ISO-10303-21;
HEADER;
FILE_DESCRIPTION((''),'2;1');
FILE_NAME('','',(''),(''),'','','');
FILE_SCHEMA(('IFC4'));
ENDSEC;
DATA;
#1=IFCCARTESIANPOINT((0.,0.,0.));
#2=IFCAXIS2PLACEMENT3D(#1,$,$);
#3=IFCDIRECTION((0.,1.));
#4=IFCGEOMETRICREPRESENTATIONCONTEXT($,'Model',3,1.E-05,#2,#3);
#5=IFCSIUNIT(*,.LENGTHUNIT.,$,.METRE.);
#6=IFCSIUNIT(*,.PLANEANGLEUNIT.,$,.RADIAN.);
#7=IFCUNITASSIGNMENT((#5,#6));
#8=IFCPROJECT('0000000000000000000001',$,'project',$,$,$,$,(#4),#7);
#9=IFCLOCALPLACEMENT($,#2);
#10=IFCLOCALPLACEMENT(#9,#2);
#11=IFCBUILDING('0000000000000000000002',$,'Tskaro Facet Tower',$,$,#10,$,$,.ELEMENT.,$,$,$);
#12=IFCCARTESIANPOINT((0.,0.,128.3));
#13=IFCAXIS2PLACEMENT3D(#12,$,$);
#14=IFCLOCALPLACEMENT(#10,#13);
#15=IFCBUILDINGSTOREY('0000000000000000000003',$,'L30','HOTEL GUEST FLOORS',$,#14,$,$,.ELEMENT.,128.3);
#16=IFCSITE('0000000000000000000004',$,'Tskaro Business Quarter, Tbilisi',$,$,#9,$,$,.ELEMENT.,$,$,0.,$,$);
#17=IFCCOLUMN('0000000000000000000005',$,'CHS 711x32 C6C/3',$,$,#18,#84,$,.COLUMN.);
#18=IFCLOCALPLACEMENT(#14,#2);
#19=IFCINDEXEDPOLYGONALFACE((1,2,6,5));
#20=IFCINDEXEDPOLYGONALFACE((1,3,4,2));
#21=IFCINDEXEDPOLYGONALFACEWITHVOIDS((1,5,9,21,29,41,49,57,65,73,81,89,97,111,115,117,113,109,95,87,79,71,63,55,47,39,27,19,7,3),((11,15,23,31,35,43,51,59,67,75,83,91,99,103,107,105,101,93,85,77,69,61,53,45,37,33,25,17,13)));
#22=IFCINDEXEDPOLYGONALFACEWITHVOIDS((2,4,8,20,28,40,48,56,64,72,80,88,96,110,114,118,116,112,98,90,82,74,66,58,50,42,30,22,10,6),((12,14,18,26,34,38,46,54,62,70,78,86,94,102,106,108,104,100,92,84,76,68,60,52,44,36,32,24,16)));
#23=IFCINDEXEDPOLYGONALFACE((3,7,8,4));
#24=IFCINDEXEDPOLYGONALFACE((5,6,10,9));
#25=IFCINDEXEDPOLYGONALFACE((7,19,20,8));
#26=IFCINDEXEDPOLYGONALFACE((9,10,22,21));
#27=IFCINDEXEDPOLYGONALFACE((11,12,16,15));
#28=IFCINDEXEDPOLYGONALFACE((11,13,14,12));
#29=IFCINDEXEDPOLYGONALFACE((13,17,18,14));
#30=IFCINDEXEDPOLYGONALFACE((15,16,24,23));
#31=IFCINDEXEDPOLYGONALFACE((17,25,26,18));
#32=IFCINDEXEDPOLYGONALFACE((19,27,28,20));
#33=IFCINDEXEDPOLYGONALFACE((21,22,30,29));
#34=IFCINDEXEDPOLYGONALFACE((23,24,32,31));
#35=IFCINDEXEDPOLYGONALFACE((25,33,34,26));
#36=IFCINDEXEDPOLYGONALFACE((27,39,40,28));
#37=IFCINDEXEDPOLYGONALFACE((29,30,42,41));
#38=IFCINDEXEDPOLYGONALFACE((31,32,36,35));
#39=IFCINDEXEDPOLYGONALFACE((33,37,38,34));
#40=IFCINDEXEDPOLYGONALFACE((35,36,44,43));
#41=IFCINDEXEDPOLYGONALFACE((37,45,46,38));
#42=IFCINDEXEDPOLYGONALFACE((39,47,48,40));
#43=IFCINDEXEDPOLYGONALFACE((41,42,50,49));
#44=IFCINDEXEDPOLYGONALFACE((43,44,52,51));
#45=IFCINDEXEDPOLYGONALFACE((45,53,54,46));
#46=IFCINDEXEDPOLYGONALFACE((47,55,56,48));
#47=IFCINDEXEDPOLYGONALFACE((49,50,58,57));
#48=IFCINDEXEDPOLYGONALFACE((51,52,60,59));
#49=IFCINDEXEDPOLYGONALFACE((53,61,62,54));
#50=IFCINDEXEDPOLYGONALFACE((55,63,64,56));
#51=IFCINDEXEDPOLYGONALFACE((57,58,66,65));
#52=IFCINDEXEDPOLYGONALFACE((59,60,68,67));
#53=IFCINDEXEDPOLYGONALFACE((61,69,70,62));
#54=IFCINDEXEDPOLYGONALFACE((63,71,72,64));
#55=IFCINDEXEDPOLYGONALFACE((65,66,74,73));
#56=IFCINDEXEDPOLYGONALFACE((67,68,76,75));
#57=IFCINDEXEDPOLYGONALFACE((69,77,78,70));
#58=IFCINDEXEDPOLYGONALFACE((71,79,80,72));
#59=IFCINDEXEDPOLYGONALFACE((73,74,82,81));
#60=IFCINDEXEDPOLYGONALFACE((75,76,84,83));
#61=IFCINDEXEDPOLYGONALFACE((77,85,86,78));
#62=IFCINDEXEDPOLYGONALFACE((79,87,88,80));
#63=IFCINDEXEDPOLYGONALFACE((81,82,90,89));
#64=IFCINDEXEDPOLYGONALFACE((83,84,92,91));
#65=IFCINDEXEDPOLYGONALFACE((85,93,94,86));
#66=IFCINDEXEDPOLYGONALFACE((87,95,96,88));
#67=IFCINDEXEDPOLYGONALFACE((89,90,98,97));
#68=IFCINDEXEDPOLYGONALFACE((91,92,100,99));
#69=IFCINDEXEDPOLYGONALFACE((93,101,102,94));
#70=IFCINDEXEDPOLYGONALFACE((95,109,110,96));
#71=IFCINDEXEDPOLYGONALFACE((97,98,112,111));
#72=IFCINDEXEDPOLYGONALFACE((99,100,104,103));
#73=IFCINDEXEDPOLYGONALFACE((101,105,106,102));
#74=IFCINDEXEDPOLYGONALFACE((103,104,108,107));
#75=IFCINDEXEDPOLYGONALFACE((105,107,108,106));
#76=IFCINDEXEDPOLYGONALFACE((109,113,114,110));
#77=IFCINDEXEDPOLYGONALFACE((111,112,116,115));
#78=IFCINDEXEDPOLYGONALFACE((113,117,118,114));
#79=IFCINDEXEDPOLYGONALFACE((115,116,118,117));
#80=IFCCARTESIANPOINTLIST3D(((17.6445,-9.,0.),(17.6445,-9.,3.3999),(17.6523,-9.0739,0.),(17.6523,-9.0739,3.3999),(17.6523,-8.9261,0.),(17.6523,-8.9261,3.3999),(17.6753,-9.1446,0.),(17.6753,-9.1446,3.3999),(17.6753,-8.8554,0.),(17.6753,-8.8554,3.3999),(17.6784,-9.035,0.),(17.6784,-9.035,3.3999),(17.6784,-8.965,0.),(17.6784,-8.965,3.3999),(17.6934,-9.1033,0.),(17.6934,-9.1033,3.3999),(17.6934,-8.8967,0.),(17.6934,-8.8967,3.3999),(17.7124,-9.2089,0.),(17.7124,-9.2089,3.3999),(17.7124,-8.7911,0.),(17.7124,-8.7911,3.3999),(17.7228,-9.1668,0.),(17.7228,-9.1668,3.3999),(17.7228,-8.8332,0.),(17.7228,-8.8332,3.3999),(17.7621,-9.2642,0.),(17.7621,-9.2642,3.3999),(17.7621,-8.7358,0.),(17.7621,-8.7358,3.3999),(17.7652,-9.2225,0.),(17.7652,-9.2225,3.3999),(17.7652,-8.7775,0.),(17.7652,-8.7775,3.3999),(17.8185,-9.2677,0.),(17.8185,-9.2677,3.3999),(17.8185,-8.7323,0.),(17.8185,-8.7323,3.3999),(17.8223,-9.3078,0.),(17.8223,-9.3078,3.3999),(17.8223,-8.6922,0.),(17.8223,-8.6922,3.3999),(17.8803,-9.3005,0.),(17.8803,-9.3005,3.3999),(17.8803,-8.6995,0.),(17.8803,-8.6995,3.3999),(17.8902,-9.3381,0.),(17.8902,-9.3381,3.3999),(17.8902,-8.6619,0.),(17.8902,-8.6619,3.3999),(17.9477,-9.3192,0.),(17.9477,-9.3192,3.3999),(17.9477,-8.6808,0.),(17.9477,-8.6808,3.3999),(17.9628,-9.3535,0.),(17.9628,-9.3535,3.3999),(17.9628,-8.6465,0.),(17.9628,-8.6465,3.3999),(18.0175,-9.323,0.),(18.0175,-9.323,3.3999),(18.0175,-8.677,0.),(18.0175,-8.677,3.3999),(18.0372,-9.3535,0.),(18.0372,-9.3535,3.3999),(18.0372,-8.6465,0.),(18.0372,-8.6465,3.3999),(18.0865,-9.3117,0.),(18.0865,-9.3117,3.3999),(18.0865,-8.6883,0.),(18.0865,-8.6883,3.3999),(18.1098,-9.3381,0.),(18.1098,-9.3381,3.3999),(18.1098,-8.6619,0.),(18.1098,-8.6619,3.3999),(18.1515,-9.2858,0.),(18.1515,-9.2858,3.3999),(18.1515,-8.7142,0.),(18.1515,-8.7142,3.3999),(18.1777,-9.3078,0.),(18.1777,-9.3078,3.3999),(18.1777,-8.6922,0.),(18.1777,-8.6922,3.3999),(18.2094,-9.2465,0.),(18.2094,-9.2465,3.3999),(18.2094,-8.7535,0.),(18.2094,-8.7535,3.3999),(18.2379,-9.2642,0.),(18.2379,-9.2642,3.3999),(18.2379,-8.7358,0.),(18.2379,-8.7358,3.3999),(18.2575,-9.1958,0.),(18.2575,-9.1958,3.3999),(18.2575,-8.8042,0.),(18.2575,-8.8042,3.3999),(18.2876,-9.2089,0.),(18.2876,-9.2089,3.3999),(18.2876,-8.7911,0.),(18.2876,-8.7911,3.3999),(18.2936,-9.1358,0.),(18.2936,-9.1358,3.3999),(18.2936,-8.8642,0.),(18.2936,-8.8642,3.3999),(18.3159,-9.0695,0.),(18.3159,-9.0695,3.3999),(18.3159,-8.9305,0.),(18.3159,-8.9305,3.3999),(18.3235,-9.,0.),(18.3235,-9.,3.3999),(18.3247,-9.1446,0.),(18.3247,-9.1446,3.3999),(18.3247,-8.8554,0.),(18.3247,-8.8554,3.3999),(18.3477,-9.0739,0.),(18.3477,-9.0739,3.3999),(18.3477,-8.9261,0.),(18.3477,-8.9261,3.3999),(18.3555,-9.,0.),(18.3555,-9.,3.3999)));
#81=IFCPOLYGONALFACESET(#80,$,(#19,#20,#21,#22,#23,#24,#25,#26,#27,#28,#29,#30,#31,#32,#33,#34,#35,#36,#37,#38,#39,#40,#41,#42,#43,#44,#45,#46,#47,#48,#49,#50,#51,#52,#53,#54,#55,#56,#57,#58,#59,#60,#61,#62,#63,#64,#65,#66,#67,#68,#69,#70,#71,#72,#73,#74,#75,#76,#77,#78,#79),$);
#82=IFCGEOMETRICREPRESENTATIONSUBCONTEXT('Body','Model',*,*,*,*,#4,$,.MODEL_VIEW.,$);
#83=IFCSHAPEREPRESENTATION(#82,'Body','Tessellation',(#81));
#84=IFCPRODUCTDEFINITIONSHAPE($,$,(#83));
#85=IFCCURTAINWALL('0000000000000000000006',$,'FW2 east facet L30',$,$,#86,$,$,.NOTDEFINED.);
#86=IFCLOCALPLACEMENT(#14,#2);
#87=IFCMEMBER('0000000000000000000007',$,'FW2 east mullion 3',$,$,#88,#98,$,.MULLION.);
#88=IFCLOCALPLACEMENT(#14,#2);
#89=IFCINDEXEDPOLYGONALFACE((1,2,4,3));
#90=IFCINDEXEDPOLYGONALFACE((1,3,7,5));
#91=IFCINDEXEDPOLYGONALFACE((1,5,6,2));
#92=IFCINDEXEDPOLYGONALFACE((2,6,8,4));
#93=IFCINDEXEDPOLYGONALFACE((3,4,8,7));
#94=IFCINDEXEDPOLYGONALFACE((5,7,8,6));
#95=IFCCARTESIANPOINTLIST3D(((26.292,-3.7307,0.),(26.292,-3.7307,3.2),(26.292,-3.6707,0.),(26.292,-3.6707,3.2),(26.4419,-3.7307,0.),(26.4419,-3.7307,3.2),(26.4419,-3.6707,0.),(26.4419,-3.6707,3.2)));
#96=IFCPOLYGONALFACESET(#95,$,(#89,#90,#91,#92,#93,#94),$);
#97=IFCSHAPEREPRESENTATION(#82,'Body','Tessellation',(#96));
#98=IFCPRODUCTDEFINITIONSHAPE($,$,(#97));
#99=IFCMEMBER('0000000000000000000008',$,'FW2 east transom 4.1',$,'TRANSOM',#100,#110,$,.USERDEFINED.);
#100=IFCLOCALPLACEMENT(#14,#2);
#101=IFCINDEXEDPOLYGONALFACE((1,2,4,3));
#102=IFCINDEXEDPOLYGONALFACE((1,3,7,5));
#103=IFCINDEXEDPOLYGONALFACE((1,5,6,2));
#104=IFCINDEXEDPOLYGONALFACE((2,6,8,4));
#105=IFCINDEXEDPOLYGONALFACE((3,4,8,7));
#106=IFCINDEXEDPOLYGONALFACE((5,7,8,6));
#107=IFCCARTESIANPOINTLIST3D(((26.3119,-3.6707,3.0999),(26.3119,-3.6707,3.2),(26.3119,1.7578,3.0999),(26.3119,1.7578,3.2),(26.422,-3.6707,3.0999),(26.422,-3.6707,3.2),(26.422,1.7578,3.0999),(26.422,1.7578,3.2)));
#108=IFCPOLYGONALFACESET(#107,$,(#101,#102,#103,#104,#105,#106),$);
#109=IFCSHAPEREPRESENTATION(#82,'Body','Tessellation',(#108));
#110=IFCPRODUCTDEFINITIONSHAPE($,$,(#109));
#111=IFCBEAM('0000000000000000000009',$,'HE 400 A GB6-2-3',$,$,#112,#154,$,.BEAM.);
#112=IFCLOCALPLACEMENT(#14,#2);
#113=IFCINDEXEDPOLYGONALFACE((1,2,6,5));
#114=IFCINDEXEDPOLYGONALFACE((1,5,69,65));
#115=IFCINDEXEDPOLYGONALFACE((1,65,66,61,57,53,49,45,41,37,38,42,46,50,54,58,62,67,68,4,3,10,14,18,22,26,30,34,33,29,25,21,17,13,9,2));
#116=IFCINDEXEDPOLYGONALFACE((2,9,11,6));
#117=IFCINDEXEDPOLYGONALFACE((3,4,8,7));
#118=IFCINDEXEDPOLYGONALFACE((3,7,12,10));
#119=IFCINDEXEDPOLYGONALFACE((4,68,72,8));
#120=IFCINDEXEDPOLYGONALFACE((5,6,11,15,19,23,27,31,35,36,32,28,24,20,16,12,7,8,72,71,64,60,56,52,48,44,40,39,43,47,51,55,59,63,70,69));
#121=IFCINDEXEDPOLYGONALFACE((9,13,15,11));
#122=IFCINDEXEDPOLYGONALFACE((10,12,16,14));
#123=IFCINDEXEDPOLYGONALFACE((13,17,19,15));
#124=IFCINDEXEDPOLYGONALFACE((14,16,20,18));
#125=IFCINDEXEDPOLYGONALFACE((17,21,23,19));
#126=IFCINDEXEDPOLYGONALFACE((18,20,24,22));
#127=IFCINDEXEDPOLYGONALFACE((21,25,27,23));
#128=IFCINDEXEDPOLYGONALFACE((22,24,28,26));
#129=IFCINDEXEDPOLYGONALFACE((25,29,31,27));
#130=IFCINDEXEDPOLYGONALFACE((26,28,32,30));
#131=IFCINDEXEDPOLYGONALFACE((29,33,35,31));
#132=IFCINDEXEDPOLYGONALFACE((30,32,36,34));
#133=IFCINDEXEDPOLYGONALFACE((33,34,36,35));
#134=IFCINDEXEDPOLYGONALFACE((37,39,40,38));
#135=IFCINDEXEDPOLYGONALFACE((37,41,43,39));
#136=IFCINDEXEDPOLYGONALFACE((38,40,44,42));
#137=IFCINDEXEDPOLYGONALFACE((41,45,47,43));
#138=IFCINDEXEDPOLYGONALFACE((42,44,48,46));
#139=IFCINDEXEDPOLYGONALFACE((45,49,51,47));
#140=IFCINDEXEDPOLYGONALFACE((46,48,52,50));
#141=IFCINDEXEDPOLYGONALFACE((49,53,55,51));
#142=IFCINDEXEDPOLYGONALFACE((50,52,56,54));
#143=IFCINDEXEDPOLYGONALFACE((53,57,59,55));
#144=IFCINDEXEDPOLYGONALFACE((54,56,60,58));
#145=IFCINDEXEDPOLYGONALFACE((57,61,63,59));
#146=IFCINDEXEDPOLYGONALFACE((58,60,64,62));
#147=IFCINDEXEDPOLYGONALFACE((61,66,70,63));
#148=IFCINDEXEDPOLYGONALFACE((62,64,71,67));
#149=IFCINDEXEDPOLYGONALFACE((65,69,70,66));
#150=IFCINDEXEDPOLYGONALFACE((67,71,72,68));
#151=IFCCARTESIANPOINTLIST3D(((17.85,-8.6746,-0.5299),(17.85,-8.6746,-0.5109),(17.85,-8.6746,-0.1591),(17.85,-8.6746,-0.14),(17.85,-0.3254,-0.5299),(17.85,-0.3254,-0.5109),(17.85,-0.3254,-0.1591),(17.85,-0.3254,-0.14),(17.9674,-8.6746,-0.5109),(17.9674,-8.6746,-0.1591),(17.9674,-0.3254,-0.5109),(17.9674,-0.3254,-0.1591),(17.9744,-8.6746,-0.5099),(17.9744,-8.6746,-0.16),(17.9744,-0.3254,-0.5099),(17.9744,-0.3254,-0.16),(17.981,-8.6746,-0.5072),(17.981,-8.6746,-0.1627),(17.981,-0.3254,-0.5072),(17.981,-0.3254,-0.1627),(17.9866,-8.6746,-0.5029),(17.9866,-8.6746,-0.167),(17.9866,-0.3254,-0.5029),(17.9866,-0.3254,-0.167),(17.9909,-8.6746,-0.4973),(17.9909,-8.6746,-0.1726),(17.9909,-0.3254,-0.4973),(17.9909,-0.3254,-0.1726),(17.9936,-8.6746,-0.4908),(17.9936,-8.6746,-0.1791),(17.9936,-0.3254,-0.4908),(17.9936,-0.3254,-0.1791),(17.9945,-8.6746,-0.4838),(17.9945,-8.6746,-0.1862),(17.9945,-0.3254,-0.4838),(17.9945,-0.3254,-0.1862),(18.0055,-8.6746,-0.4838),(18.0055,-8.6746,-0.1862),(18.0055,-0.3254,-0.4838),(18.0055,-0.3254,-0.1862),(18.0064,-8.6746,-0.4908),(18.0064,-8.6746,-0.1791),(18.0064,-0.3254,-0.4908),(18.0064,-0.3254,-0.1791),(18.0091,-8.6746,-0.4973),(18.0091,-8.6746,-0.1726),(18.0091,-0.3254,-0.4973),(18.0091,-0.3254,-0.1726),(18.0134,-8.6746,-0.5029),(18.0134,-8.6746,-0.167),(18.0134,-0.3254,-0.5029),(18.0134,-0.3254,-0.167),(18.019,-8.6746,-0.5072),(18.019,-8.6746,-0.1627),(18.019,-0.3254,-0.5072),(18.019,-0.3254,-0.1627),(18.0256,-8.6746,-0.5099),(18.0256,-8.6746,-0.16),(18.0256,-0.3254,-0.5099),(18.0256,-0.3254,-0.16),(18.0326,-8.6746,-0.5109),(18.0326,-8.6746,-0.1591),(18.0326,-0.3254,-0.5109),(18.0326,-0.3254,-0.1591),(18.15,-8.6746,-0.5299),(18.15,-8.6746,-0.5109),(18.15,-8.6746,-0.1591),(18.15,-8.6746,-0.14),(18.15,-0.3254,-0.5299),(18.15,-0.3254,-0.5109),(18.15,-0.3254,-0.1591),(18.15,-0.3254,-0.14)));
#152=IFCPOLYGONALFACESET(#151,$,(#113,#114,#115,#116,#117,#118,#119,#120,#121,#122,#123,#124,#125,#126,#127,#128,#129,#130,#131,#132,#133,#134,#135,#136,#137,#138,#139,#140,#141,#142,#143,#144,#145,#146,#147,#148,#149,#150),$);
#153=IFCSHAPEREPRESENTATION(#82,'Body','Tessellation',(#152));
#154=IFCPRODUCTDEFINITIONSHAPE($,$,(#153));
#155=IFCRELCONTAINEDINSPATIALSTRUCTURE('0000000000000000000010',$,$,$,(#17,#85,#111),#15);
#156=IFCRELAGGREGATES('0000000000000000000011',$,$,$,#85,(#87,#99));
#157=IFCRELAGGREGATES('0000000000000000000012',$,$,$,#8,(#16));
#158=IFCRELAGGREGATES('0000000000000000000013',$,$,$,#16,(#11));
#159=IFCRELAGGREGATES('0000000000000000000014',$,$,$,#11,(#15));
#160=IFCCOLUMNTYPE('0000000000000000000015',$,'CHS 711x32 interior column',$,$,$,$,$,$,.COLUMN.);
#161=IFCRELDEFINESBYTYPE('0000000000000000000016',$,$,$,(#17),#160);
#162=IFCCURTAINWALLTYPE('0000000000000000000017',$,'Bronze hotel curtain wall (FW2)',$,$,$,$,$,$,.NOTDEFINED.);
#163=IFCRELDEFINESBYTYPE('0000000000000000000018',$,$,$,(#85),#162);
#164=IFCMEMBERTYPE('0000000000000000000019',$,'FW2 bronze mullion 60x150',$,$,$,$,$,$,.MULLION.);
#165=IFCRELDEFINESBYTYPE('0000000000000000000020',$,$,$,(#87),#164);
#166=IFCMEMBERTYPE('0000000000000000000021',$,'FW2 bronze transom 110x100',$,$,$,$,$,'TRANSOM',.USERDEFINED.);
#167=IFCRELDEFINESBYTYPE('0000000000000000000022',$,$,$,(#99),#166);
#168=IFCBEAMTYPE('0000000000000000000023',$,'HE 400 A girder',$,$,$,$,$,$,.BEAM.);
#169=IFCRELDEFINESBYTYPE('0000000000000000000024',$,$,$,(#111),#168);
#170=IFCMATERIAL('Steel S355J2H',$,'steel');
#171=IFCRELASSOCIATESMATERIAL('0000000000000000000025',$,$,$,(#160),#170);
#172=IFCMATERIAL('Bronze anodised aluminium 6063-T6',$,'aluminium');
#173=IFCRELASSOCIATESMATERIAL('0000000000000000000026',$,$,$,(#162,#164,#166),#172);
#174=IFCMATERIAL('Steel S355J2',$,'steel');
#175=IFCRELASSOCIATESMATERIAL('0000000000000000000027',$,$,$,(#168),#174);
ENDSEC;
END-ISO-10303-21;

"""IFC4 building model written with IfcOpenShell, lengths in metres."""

from ifc_helpers import new_model, si_unit, direction, frame, origin, origin_2d, place, context, subcontext, project, spatial, rectangle, hollow_circle, i_section, extrude, material, material_profile, profile_set, type_object, element, aggregate, save


model = new_model("IFC4")

# Units and contexts
model_context = context("Model", 3, precision=1e-05, world=origin(), true_north=direction((0.0, 1.0)))
body_context = subcontext(model_context, "Body", "Model", "MODEL_VIEW")
ifc_project = project(units=[si_unit("LENGTHUNIT", "METRE"), si_unit("PLANEANGLEUNIT", "RADIAN")], contexts=[model_context])

# Site, building, storey
site_placement = place(None, origin())
site = spatial("IfcSite", under=ifc_project, at=site_placement, Name="Tskaro Business Quarter, Tbilisi", CompositionType="ELEMENT", RefElevation=0.0)
building_placement = place(site_placement, origin())
building = spatial("IfcBuilding", under=site, at=building_placement, Name="Tskaro Facet Tower", CompositionType="ELEMENT")
storey_placement = place(building_placement, frame((0.0, 0.0, 128.3)))
storey = spatial("IfcBuildingStorey", under=building, at=storey_placement, Name="L30", Description="HOTEL GUEST FLOORS", CompositionType="ELEMENT", Elevation=128.3)

# Column
ifc_material_1 = material(Name="Steel S355J2H", Category="steel")
ifc_material_profile_1 = material_profile(ifc_material_1, hollow_circle(Radius=0.3555, WallThickness=0.032, at=origin_2d()), Name="CHS 711x32")
ifc_profile_set_1 = profile_set([ifc_material_profile_1], Name="Steel S355J2H")
column_type = type_object("IfcColumnType", Name="CHS 711x32 interior column", PredefinedType="COLUMN", material=ifc_profile_set_1)
column_placement = place(storey_placement, frame((18.0, -9.0, 0.0), z_axis=(0.0, 0.0, 1.0), x_axis=(1.0, 0.0, 0.0)))
element("IfcColumn", 1, at=column_placement, inside=storey, type_object=column_type, Name="CHS 711x32 C6C/3", PredefinedType="COLUMN", context=body_context, shape_type="SweptSolid", body=[
    extrude(hollow_circle(Radius=0.3555, WallThickness=0.032, at=origin_2d()), origin(), (0.0, 0.0, 1.0), 3.3999),
])

# Curtain wall, members
ifc_material_2 = material(Name="Bronze anodised aluminium 6063-T6", Category="aluminium")
curtain_wall_type = type_object("IfcCurtainWallType", Name="Bronze hotel curtain wall (FW2)", PredefinedType="NOTDEFINED", material=ifc_material_2)
curtain_wall_placement = place(storey_placement, origin())
curtain_wall = element("IfcCurtainWall", 2, at=curtain_wall_placement, inside=storey, type_object=curtain_wall_type, Name="FW2 east facet L30", PredefinedType="NOTDEFINED")
ifc_material_profile_2 = material_profile(ifc_material_2, rectangle(XDim=0.0601, YDim=0.1499, at=origin_2d()), Name="Mullion 60x150")
ifc_profile_set_2 = profile_set([ifc_material_profile_2], Name="Bronze anodised aluminium 6063-T6")
member_type_1 = type_object("IfcMemberType", Name="FW2 bronze mullion 60x150", PredefinedType="MULLION", material=ifc_profile_set_2)
member_1_placement = place(storey_placement, frame((26.3669, -3.7007, 0.0), z_axis=(0.0, 0.0, 1.0), x_axis=(0.0, 1.0, 0.0)))
member_1 = element("IfcMember", 3, at=member_1_placement, type_object=member_type_1, Name="FW2 east mullion 3", PredefinedType="MULLION", context=body_context, shape_type="SweptSolid", body=[
    extrude(rectangle(XDim=0.0601, YDim=0.1499, at=origin_2d()), origin(), (0.0, 0.0, 1.0), 3.2),
])
ifc_material_profile_3 = material_profile(ifc_material_2, rectangle(XDim=0.1101, YDim=0.1001, at=origin_2d()), Name="Transom 110x100")
ifc_profile_set_3 = profile_set([ifc_material_profile_3], Name="Bronze anodised aluminium 6063-T6")
member_type_2 = type_object("IfcMemberType", Name="FW2 bronze transom 110x100", ElementType="TRANSOM", PredefinedType="USERDEFINED", material=ifc_profile_set_3)
member_2_placement = place(storey_placement, frame((26.3669, -3.6707, 3.1499), z_axis=(0.0, 1.0, 0.0), x_axis=(-1.0, 0.0, 0.0)))
member_2 = element("IfcMember", 4, at=member_2_placement, type_object=member_type_2, Name="FW2 east transom 4.1", ObjectType="TRANSOM", PredefinedType="USERDEFINED", context=body_context, shape_type="SweptSolid", body=[
    extrude(rectangle(XDim=0.1101, YDim=0.1001, at=origin_2d()), origin(), (0.0, 0.0, 1.0), 5.4285),
])

# Beam
ifc_material_3 = material(Name="Steel S355J2", Category="steel")
ifc_material_profile_4 = material_profile(ifc_material_3, i_section(OverallWidth=0.3, OverallDepth=0.3899, WebThickness=0.011, FlangeThickness=0.019, FilletRadius=0.0271, at=origin_2d()), Name="HE 400 A")
ifc_profile_set_4 = profile_set([ifc_material_profile_4], Name="Steel S355J2")
beam_type_1 = type_object("IfcBeamType", Name="HE 400 A girder", PredefinedType="BEAM", material=ifc_profile_set_4)
beam_1_placement = place(storey_placement, frame((18.0, -8.6746, -0.335), z_axis=(0.0, 1.0, 0.0), x_axis=(-1.0, 0.0, 0.0)))
element("IfcBeam", 5, at=beam_1_placement, inside=storey, type_object=beam_type_1, Name="HE 400 A GB6-2-3", PredefinedType="BEAM", context=body_context, shape_type="SweptSolid", body=[
    extrude(i_section(OverallWidth=0.3, OverallDepth=0.3899, WebThickness=0.011, FlangeThickness=0.019, FilletRadius=0.0271, at=origin_2d()), origin(), (0.0, 0.0, 1.0), 8.3491),
])

aggregate(curtain_wall, [member_1, member_2])

save(model, "model.ifc")
